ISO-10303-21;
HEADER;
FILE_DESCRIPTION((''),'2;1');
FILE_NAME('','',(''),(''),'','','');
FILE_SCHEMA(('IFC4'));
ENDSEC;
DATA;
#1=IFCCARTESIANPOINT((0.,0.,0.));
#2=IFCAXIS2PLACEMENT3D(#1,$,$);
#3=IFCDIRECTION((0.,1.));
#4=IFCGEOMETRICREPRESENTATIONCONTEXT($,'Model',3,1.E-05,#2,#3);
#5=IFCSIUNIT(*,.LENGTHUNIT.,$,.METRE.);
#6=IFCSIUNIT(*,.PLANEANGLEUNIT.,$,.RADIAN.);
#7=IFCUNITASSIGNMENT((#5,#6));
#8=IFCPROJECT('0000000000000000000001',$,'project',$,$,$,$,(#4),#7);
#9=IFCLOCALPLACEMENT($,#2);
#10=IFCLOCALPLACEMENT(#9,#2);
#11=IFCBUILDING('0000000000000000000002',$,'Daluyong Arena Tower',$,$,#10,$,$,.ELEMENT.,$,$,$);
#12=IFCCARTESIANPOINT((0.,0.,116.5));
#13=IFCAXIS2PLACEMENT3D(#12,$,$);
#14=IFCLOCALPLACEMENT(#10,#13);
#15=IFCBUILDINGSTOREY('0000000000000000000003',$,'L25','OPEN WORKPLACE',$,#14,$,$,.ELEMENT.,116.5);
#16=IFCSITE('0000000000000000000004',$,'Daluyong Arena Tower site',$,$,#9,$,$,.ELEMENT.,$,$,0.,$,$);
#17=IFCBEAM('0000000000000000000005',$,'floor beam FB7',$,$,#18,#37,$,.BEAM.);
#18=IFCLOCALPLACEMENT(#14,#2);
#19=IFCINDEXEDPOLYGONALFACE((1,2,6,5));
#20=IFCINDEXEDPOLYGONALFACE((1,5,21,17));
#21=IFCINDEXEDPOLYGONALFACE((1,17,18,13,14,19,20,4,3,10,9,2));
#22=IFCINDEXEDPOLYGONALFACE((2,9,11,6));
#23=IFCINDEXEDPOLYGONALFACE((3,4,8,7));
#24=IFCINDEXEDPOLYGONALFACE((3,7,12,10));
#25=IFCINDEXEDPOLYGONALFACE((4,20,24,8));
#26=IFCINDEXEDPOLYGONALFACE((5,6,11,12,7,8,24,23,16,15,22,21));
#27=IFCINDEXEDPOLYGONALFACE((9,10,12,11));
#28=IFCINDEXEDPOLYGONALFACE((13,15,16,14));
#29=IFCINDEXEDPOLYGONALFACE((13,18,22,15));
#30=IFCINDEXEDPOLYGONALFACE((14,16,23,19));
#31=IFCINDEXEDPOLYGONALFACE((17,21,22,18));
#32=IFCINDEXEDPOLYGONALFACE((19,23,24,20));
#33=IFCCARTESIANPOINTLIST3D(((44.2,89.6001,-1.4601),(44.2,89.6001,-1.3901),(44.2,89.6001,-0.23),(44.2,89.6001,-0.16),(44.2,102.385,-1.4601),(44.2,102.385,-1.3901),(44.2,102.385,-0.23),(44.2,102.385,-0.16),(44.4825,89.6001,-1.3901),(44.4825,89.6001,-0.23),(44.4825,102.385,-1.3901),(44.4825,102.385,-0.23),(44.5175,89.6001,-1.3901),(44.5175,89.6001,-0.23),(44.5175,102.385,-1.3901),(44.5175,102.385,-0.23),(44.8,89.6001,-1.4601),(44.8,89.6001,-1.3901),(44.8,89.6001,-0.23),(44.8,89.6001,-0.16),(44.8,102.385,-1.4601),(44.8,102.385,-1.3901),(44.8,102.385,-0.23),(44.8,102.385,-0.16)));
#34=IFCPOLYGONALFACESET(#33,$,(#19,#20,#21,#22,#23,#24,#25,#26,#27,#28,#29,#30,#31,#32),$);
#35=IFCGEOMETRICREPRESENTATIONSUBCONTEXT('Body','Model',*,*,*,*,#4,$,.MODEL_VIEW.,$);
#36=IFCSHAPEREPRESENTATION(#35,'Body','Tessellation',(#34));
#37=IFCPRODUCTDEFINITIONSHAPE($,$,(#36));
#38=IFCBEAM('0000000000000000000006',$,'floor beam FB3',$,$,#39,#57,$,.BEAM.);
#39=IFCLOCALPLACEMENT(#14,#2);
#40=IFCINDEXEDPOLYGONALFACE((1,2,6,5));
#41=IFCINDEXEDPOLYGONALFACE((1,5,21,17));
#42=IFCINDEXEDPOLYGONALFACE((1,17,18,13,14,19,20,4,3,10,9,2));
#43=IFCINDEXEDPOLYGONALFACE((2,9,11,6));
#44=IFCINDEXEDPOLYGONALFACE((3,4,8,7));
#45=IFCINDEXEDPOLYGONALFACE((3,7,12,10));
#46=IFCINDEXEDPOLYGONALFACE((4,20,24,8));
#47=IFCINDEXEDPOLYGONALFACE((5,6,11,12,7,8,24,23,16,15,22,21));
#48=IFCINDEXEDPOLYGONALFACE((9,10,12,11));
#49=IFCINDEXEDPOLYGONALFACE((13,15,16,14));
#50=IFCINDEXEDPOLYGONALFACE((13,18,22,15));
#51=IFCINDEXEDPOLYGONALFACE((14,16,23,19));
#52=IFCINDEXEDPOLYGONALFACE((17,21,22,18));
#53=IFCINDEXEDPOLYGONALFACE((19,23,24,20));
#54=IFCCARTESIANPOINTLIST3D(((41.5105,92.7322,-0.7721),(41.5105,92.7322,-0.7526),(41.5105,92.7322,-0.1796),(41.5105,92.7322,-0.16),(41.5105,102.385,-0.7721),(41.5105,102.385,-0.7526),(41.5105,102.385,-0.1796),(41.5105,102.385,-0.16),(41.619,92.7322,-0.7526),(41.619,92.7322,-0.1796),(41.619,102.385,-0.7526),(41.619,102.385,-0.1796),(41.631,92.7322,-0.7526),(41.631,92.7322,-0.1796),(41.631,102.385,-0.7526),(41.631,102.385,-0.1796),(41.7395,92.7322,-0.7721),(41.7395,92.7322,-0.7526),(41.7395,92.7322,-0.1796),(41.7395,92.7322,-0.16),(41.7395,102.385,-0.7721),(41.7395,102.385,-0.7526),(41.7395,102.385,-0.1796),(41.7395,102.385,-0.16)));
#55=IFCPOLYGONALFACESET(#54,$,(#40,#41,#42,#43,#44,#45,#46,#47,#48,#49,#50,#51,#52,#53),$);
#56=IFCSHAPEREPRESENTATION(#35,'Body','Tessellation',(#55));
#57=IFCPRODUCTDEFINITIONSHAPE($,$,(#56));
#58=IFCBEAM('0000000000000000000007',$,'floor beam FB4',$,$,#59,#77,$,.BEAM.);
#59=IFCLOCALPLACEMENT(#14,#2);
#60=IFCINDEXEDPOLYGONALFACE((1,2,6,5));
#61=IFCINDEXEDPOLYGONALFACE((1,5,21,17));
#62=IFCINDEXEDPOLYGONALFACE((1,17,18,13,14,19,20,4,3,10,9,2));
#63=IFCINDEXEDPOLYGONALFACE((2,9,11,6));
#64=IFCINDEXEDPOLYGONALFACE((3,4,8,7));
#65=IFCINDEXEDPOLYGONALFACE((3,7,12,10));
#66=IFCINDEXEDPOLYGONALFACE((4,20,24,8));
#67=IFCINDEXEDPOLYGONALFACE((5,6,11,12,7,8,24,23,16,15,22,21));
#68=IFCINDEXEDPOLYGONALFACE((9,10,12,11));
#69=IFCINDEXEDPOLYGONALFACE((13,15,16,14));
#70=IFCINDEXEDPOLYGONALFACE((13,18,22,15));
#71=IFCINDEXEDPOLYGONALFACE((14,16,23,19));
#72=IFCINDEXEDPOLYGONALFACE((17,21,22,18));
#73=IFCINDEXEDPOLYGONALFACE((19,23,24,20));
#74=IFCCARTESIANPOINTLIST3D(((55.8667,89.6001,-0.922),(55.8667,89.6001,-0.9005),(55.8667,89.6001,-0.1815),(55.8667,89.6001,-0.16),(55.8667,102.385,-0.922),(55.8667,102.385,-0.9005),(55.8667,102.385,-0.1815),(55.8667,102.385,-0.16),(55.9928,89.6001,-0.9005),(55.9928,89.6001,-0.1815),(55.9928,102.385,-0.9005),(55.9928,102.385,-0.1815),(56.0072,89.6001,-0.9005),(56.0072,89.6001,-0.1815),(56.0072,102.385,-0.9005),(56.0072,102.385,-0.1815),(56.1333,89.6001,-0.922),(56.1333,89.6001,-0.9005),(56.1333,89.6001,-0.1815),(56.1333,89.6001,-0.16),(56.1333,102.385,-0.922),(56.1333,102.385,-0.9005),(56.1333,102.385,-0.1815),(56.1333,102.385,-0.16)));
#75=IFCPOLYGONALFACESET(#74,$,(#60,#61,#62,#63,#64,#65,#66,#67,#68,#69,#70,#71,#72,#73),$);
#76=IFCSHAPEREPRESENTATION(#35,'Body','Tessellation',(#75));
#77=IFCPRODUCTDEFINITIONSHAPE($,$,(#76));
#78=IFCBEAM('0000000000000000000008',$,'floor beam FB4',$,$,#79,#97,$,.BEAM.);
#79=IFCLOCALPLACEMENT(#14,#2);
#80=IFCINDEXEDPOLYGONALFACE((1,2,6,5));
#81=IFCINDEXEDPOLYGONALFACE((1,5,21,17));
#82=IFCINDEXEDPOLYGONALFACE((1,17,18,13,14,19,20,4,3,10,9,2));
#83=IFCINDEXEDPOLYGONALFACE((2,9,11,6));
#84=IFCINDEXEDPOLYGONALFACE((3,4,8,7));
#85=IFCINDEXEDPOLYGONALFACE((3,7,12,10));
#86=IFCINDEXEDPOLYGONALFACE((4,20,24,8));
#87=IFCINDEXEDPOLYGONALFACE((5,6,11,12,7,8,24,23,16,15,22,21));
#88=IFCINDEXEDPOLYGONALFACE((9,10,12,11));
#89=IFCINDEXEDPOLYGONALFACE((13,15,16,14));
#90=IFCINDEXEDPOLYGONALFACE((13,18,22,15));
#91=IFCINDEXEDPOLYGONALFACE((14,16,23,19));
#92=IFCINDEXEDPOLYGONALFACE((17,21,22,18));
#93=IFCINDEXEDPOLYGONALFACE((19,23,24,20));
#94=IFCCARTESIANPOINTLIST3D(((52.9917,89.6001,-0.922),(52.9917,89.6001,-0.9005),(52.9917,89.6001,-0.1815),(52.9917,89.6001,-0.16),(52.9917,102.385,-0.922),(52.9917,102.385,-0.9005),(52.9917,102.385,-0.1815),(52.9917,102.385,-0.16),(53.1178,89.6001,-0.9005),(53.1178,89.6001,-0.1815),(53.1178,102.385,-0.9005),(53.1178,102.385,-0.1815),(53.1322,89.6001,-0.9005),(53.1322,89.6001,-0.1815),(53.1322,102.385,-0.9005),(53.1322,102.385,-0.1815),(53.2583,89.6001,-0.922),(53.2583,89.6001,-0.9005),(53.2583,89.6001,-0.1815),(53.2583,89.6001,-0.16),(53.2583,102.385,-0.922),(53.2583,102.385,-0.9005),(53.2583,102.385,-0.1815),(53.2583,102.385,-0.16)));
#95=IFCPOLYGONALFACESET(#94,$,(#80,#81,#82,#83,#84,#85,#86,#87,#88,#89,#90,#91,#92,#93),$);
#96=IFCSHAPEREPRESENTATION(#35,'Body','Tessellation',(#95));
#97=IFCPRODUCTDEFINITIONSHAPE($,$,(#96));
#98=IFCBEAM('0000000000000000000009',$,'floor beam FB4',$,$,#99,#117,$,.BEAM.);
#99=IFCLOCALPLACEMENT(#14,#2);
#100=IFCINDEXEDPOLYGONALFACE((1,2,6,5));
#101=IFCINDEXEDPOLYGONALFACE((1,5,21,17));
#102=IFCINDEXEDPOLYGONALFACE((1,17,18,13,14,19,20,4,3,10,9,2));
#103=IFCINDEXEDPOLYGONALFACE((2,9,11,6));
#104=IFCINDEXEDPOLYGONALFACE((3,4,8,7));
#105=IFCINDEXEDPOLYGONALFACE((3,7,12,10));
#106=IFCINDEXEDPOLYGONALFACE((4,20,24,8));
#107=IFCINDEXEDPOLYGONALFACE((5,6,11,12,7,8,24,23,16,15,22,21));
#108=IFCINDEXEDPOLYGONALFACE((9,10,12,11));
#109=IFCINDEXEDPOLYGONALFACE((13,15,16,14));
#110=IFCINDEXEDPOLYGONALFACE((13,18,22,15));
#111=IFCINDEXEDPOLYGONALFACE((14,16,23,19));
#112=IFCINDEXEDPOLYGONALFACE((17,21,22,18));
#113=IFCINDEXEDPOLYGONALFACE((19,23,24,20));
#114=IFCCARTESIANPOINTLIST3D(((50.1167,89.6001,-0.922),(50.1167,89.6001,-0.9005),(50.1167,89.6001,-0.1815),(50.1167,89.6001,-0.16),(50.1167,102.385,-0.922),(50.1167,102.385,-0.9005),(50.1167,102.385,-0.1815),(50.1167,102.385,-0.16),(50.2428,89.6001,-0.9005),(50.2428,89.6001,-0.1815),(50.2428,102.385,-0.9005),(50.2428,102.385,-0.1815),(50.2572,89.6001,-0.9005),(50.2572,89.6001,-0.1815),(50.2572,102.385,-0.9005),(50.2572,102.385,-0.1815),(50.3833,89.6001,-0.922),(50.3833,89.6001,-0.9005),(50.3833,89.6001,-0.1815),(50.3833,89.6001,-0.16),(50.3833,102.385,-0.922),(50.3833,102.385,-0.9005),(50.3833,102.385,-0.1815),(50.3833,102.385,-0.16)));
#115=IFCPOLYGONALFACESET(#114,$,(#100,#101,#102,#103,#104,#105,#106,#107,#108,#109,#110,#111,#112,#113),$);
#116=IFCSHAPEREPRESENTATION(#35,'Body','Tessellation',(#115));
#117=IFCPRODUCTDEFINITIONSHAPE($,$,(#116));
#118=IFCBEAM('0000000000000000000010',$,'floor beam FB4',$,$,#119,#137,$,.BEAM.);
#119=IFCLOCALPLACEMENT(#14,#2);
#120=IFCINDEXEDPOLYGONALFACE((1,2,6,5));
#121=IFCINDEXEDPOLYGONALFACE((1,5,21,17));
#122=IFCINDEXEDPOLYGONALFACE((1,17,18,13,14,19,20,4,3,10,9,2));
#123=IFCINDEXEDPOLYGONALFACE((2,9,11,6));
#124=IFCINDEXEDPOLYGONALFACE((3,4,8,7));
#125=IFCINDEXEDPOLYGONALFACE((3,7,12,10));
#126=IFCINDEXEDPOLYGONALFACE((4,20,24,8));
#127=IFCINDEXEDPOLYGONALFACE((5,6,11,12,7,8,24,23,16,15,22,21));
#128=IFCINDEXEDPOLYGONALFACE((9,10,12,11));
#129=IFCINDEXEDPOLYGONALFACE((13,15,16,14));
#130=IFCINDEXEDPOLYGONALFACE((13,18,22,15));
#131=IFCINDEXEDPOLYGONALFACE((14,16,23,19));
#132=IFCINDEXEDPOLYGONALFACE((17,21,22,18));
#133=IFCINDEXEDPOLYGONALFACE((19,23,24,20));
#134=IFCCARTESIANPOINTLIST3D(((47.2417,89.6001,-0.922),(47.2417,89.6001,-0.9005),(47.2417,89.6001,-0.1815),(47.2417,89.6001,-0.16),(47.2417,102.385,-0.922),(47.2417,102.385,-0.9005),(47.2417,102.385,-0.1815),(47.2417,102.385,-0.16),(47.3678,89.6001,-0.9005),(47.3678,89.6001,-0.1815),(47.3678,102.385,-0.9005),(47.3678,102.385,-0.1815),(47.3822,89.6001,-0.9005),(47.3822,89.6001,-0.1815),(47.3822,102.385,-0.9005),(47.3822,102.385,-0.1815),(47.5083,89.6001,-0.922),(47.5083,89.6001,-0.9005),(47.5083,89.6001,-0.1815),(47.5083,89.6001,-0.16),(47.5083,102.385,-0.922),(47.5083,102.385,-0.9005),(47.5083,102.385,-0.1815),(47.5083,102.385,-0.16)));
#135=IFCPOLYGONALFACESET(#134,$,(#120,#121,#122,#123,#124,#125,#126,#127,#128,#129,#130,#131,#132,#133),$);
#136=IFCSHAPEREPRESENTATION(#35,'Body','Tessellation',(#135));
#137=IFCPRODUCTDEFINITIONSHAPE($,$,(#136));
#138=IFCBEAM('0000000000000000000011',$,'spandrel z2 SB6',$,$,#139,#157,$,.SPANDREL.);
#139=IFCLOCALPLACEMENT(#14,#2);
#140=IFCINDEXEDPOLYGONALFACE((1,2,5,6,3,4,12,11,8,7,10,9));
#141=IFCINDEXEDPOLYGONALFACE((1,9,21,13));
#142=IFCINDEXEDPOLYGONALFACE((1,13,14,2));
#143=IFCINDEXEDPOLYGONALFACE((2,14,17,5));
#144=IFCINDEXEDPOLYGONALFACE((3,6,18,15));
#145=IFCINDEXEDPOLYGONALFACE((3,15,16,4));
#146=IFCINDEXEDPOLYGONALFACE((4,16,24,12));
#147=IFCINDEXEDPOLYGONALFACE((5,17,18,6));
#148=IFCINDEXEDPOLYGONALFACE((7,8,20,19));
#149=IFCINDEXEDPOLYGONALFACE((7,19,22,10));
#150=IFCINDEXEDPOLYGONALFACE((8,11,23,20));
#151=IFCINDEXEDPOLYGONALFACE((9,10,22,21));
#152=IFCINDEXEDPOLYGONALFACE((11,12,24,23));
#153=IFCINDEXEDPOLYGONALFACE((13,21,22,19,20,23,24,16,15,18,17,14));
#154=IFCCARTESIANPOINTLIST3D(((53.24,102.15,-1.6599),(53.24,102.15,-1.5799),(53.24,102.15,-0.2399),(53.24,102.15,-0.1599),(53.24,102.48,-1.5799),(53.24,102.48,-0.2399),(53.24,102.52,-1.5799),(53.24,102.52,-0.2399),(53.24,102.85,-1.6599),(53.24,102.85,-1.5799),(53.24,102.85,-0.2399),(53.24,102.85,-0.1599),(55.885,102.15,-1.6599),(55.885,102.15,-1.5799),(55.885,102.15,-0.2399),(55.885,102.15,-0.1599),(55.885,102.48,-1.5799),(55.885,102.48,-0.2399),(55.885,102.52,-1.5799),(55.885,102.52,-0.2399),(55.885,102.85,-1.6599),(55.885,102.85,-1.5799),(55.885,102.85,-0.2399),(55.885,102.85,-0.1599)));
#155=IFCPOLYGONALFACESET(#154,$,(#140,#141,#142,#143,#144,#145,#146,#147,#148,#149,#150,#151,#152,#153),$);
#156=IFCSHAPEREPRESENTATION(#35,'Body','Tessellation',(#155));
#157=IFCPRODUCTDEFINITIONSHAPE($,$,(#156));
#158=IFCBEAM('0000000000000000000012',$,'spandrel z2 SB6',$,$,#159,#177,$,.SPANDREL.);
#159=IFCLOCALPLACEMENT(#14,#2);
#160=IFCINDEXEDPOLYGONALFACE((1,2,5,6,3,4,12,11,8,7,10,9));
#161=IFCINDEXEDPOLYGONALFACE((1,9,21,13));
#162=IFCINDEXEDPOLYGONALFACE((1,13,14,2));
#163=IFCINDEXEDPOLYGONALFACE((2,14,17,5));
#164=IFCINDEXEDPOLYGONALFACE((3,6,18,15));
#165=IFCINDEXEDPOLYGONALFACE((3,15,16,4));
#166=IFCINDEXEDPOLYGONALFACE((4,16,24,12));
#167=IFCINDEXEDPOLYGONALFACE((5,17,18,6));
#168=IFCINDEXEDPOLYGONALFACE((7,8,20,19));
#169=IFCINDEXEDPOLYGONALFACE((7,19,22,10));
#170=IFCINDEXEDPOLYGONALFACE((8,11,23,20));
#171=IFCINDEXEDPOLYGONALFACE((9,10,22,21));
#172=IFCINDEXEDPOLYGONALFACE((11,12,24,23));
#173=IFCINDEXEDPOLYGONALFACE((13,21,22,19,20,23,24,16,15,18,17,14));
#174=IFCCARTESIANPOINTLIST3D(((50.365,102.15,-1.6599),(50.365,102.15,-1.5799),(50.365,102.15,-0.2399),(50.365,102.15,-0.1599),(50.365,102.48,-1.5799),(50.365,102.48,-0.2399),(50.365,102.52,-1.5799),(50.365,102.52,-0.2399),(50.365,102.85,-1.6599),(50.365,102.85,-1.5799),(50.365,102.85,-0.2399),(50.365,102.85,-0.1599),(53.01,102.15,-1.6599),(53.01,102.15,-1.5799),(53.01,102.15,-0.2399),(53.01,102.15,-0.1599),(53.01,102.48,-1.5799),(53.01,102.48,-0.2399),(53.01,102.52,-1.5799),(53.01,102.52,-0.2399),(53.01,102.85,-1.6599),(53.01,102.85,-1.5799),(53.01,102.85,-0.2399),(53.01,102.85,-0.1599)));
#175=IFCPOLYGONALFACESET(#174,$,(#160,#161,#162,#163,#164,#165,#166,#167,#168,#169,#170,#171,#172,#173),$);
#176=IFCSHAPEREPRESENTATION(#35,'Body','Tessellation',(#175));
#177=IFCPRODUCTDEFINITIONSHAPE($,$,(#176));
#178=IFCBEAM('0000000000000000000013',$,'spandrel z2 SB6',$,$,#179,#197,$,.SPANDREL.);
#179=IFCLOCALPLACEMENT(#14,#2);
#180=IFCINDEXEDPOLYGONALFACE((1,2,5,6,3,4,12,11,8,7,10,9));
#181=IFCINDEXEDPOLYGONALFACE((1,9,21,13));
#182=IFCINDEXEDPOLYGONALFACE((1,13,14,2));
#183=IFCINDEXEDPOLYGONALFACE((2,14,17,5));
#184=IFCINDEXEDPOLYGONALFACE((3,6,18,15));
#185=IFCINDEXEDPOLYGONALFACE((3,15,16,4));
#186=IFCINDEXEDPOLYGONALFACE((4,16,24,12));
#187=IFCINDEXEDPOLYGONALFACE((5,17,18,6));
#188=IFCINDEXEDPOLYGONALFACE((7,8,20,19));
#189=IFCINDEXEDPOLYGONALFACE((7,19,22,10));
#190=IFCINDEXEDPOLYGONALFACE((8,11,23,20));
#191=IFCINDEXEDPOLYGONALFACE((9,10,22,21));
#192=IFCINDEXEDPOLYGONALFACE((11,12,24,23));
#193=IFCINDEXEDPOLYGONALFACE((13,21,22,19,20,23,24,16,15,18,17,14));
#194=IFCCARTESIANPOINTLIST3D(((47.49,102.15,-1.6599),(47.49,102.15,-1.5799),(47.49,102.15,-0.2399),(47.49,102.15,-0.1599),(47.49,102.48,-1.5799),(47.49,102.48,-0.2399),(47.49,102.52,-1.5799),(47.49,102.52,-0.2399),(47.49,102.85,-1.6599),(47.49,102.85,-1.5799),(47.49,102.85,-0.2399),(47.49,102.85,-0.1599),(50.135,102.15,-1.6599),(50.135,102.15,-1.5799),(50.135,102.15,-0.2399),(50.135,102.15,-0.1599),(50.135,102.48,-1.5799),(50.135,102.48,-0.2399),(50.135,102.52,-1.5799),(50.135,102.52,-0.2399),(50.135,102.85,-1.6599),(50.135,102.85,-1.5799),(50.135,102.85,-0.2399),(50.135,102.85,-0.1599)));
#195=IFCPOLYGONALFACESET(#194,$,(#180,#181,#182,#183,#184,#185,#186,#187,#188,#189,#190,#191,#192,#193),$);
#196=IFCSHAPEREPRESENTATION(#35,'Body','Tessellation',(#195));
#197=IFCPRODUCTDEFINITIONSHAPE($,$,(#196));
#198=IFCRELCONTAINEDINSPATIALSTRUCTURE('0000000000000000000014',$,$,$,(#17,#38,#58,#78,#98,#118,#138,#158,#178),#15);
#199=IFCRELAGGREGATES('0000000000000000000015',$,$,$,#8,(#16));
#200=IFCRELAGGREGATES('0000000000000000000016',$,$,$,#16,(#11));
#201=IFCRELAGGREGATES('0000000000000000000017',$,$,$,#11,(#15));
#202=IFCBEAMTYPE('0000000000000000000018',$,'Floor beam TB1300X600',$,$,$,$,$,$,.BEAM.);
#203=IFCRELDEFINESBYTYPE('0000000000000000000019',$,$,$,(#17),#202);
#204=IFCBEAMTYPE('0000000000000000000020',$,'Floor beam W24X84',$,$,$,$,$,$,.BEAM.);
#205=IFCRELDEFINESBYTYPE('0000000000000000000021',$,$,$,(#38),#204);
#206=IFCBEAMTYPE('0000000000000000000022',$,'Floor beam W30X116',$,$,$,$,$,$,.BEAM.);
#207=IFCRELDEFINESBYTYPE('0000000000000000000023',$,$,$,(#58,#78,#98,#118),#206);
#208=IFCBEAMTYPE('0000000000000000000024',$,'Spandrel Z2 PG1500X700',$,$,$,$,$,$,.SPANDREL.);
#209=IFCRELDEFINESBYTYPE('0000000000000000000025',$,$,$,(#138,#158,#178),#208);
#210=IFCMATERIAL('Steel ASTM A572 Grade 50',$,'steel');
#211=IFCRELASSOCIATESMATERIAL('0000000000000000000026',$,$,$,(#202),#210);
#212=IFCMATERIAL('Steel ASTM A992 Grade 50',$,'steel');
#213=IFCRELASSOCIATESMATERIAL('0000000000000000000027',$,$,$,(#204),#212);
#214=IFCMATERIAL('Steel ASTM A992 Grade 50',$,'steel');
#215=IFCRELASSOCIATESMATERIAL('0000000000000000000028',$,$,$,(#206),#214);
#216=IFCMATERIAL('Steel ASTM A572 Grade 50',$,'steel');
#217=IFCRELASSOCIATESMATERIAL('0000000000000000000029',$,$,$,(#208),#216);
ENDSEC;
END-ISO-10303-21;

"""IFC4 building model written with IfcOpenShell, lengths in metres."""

from ifc_helpers import new_model, si_unit, direction, frame, origin, origin_2d, place, context, subcontext, project, spatial, i_section, extrude, material, material_profile, profile_set, type_object, element, save


model = new_model("IFC4")

# Units and contexts
model_context = context("Model", 3, precision=1e-05, world=origin(), true_north=direction((0.0, 1.0)))
body_context = subcontext(model_context, "Body", "Model", "MODEL_VIEW")
ifc_project = project(units=[si_unit("LENGTHUNIT", "METRE"), si_unit("PLANEANGLEUNIT", "RADIAN")], contexts=[model_context])

# Site, building, storey
site_placement = place(None, origin())
site = spatial("IfcSite", under=ifc_project, at=site_placement, Name="Daluyong Arena Tower site", CompositionType="ELEMENT", RefElevation=0.0)
building_placement = place(site_placement, origin())
building = spatial("IfcBuilding", under=site, at=building_placement, Name="Daluyong Arena Tower", CompositionType="ELEMENT")
storey_placement = place(building_placement, frame((0.0, 0.0, 116.5)))
storey = spatial("IfcBuildingStorey", under=building, at=storey_placement, Name="L25", Description="OPEN WORKPLACE", CompositionType="ELEMENT", Elevation=116.5)

# Beams
ifc_material_1 = material(Name="Steel ASTM A572 Grade 50", Category="steel")
ifc_material_profile_1 = material_profile(ifc_material_1, i_section(OverallWidth=0.6001, OverallDepth=1.3, WebThickness=0.035, FlangeThickness=0.07, at=origin_2d()))
ifc_profile_set_1 = profile_set([ifc_material_profile_1], Name="Steel ASTM A572 Grade 50")
beam_type_1 = type_object("IfcBeamType", Name="Floor beam TB1300X600", PredefinedType="BEAM", material=ifc_profile_set_1)
beam_1_placement = place(storey_placement, frame((44.5, 102.385, -0.8101), z_axis=(0.0, -1.0, 0.0), x_axis=(1.0, 0.0, 0.0)))
element("IfcBeam", 1, at=beam_1_placement, inside=storey, type_object=beam_type_1, Name="floor beam FB7", PredefinedType="BEAM", context=body_context, shape_type="SweptSolid", body=[
    extrude(i_section(OverallWidth=0.6001, OverallDepth=1.3, WebThickness=0.035, FlangeThickness=0.07, at=origin_2d()), origin(), (0.0, 0.0, 1.0), 12.7849),
])
ifc_material_2 = material(Name="Steel ASTM A992 Grade 50", Category="steel")
ifc_material_profile_2 = material_profile(ifc_material_2, i_section(OverallWidth=0.229, OverallDepth=0.6121, WebThickness=0.012, FlangeThickness=0.0195, at=origin_2d()))
ifc_profile_set_2 = profile_set([ifc_material_profile_2], Name="Steel ASTM A992 Grade 50")
beam_type_2 = type_object("IfcBeamType", Name="Floor beam W24X84", PredefinedType="BEAM", material=ifc_profile_set_2)
beam_2_placement = place(storey_placement, frame((41.625, 102.385, -0.4661), z_axis=(0.0, -1.0, 0.0), x_axis=(1.0, 0.0, 0.0)))
element("IfcBeam", 2, at=beam_2_placement, inside=storey, type_object=beam_type_2, Name="floor beam FB3", PredefinedType="BEAM", context=body_context, shape_type="SweptSolid", body=[
    extrude(i_section(OverallWidth=0.229, OverallDepth=0.6121, WebThickness=0.012, FlangeThickness=0.0195, at=origin_2d()), origin(), (0.0, 0.0, 1.0), 9.6528),
])
ifc_material_3 = material(Name="Steel ASTM A992 Grade 50", Category="steel")
ifc_material_profile_3 = material_profile(ifc_material_3, i_section(OverallWidth=0.2666, OverallDepth=0.762, WebThickness=0.0144, FlangeThickness=0.0215, at=origin_2d()))
ifc_profile_set_3 = profile_set([ifc_material_profile_3], Name="Steel ASTM A992 Grade 50")
beam_type_3 = type_object("IfcBeamType", Name="Floor beam W30X116", PredefinedType="BEAM", material=ifc_profile_set_3)
for number, where, z_axis, x_axis, name in (
    (3, (56.0, 102.385, -0.541), (0.0, -1.0, 0.0), (1.0, 0.0, 0.0), "floor beam FB4"),
    (4, (53.125, 102.385, -0.541), (0.0, -1.0, 0.0), (1.0, 0.0, 0.0), "floor beam FB4"),
    (5, (50.25, 102.385, -0.541), (0.0, -1.0, 0.0), (1.0, 0.0, 0.0), "floor beam FB4"),
    (6, (47.375, 102.385, -0.541), (0.0, -1.0, 0.0), (1.0, 0.0, 0.0), "floor beam FB4"),
):
    element("IfcBeam", number, at=place(storey_placement, frame(where, z_axis=z_axis, x_axis=x_axis)), inside=storey, type_object=beam_type_3, Name=name, PredefinedType="BEAM", context=body_context, shape_type="SweptSolid", body=[
        extrude(i_section(OverallWidth=0.2666, OverallDepth=0.762, WebThickness=0.0144, FlangeThickness=0.0215, at=origin_2d()), origin(), (0.0, 0.0, 1.0), 12.7849),
    ])
ifc_material_4 = material(Name="Steel ASTM A572 Grade 50", Category="steel")
ifc_material_profile_4 = material_profile(ifc_material_4, i_section(OverallWidth=0.7, OverallDepth=1.5, WebThickness=0.04, FlangeThickness=0.08, at=origin_2d()))
ifc_profile_set_4 = profile_set([ifc_material_profile_4], Name="Steel ASTM A572 Grade 50")
beam_type_4 = type_object("IfcBeamType", Name="Spandrel Z2 PG1500X700", PredefinedType="SPANDREL", material=ifc_profile_set_4)
for number, where, z_axis, x_axis, name in (
    (7, (55.885, 102.5, -0.9099), (-1.0, 0.0, 0.0), (0.0, -1.0, 0.0), "spandrel z2 SB6"),
    (8, (53.01, 102.5, -0.9099), (-1.0, 0.0, 0.0), (0.0, -1.0, 0.0), "spandrel z2 SB6"),
    (9, (50.135, 102.5, -0.9099), (-1.0, 0.0, 0.0), (0.0, -1.0, 0.0), "spandrel z2 SB6"),
):
    element("IfcBeam", number, at=place(storey_placement, frame(where, z_axis=z_axis, x_axis=x_axis)), inside=storey, type_object=beam_type_4, Name=name, PredefinedType="SPANDREL", context=body_context, shape_type="SweptSolid", body=[
        extrude(i_section(OverallWidth=0.7, OverallDepth=1.5, WebThickness=0.04, FlangeThickness=0.08, at=origin_2d()), origin(), (0.0, 0.0, 1.0), 2.645),
    ])

save(model, "model.ifc")
